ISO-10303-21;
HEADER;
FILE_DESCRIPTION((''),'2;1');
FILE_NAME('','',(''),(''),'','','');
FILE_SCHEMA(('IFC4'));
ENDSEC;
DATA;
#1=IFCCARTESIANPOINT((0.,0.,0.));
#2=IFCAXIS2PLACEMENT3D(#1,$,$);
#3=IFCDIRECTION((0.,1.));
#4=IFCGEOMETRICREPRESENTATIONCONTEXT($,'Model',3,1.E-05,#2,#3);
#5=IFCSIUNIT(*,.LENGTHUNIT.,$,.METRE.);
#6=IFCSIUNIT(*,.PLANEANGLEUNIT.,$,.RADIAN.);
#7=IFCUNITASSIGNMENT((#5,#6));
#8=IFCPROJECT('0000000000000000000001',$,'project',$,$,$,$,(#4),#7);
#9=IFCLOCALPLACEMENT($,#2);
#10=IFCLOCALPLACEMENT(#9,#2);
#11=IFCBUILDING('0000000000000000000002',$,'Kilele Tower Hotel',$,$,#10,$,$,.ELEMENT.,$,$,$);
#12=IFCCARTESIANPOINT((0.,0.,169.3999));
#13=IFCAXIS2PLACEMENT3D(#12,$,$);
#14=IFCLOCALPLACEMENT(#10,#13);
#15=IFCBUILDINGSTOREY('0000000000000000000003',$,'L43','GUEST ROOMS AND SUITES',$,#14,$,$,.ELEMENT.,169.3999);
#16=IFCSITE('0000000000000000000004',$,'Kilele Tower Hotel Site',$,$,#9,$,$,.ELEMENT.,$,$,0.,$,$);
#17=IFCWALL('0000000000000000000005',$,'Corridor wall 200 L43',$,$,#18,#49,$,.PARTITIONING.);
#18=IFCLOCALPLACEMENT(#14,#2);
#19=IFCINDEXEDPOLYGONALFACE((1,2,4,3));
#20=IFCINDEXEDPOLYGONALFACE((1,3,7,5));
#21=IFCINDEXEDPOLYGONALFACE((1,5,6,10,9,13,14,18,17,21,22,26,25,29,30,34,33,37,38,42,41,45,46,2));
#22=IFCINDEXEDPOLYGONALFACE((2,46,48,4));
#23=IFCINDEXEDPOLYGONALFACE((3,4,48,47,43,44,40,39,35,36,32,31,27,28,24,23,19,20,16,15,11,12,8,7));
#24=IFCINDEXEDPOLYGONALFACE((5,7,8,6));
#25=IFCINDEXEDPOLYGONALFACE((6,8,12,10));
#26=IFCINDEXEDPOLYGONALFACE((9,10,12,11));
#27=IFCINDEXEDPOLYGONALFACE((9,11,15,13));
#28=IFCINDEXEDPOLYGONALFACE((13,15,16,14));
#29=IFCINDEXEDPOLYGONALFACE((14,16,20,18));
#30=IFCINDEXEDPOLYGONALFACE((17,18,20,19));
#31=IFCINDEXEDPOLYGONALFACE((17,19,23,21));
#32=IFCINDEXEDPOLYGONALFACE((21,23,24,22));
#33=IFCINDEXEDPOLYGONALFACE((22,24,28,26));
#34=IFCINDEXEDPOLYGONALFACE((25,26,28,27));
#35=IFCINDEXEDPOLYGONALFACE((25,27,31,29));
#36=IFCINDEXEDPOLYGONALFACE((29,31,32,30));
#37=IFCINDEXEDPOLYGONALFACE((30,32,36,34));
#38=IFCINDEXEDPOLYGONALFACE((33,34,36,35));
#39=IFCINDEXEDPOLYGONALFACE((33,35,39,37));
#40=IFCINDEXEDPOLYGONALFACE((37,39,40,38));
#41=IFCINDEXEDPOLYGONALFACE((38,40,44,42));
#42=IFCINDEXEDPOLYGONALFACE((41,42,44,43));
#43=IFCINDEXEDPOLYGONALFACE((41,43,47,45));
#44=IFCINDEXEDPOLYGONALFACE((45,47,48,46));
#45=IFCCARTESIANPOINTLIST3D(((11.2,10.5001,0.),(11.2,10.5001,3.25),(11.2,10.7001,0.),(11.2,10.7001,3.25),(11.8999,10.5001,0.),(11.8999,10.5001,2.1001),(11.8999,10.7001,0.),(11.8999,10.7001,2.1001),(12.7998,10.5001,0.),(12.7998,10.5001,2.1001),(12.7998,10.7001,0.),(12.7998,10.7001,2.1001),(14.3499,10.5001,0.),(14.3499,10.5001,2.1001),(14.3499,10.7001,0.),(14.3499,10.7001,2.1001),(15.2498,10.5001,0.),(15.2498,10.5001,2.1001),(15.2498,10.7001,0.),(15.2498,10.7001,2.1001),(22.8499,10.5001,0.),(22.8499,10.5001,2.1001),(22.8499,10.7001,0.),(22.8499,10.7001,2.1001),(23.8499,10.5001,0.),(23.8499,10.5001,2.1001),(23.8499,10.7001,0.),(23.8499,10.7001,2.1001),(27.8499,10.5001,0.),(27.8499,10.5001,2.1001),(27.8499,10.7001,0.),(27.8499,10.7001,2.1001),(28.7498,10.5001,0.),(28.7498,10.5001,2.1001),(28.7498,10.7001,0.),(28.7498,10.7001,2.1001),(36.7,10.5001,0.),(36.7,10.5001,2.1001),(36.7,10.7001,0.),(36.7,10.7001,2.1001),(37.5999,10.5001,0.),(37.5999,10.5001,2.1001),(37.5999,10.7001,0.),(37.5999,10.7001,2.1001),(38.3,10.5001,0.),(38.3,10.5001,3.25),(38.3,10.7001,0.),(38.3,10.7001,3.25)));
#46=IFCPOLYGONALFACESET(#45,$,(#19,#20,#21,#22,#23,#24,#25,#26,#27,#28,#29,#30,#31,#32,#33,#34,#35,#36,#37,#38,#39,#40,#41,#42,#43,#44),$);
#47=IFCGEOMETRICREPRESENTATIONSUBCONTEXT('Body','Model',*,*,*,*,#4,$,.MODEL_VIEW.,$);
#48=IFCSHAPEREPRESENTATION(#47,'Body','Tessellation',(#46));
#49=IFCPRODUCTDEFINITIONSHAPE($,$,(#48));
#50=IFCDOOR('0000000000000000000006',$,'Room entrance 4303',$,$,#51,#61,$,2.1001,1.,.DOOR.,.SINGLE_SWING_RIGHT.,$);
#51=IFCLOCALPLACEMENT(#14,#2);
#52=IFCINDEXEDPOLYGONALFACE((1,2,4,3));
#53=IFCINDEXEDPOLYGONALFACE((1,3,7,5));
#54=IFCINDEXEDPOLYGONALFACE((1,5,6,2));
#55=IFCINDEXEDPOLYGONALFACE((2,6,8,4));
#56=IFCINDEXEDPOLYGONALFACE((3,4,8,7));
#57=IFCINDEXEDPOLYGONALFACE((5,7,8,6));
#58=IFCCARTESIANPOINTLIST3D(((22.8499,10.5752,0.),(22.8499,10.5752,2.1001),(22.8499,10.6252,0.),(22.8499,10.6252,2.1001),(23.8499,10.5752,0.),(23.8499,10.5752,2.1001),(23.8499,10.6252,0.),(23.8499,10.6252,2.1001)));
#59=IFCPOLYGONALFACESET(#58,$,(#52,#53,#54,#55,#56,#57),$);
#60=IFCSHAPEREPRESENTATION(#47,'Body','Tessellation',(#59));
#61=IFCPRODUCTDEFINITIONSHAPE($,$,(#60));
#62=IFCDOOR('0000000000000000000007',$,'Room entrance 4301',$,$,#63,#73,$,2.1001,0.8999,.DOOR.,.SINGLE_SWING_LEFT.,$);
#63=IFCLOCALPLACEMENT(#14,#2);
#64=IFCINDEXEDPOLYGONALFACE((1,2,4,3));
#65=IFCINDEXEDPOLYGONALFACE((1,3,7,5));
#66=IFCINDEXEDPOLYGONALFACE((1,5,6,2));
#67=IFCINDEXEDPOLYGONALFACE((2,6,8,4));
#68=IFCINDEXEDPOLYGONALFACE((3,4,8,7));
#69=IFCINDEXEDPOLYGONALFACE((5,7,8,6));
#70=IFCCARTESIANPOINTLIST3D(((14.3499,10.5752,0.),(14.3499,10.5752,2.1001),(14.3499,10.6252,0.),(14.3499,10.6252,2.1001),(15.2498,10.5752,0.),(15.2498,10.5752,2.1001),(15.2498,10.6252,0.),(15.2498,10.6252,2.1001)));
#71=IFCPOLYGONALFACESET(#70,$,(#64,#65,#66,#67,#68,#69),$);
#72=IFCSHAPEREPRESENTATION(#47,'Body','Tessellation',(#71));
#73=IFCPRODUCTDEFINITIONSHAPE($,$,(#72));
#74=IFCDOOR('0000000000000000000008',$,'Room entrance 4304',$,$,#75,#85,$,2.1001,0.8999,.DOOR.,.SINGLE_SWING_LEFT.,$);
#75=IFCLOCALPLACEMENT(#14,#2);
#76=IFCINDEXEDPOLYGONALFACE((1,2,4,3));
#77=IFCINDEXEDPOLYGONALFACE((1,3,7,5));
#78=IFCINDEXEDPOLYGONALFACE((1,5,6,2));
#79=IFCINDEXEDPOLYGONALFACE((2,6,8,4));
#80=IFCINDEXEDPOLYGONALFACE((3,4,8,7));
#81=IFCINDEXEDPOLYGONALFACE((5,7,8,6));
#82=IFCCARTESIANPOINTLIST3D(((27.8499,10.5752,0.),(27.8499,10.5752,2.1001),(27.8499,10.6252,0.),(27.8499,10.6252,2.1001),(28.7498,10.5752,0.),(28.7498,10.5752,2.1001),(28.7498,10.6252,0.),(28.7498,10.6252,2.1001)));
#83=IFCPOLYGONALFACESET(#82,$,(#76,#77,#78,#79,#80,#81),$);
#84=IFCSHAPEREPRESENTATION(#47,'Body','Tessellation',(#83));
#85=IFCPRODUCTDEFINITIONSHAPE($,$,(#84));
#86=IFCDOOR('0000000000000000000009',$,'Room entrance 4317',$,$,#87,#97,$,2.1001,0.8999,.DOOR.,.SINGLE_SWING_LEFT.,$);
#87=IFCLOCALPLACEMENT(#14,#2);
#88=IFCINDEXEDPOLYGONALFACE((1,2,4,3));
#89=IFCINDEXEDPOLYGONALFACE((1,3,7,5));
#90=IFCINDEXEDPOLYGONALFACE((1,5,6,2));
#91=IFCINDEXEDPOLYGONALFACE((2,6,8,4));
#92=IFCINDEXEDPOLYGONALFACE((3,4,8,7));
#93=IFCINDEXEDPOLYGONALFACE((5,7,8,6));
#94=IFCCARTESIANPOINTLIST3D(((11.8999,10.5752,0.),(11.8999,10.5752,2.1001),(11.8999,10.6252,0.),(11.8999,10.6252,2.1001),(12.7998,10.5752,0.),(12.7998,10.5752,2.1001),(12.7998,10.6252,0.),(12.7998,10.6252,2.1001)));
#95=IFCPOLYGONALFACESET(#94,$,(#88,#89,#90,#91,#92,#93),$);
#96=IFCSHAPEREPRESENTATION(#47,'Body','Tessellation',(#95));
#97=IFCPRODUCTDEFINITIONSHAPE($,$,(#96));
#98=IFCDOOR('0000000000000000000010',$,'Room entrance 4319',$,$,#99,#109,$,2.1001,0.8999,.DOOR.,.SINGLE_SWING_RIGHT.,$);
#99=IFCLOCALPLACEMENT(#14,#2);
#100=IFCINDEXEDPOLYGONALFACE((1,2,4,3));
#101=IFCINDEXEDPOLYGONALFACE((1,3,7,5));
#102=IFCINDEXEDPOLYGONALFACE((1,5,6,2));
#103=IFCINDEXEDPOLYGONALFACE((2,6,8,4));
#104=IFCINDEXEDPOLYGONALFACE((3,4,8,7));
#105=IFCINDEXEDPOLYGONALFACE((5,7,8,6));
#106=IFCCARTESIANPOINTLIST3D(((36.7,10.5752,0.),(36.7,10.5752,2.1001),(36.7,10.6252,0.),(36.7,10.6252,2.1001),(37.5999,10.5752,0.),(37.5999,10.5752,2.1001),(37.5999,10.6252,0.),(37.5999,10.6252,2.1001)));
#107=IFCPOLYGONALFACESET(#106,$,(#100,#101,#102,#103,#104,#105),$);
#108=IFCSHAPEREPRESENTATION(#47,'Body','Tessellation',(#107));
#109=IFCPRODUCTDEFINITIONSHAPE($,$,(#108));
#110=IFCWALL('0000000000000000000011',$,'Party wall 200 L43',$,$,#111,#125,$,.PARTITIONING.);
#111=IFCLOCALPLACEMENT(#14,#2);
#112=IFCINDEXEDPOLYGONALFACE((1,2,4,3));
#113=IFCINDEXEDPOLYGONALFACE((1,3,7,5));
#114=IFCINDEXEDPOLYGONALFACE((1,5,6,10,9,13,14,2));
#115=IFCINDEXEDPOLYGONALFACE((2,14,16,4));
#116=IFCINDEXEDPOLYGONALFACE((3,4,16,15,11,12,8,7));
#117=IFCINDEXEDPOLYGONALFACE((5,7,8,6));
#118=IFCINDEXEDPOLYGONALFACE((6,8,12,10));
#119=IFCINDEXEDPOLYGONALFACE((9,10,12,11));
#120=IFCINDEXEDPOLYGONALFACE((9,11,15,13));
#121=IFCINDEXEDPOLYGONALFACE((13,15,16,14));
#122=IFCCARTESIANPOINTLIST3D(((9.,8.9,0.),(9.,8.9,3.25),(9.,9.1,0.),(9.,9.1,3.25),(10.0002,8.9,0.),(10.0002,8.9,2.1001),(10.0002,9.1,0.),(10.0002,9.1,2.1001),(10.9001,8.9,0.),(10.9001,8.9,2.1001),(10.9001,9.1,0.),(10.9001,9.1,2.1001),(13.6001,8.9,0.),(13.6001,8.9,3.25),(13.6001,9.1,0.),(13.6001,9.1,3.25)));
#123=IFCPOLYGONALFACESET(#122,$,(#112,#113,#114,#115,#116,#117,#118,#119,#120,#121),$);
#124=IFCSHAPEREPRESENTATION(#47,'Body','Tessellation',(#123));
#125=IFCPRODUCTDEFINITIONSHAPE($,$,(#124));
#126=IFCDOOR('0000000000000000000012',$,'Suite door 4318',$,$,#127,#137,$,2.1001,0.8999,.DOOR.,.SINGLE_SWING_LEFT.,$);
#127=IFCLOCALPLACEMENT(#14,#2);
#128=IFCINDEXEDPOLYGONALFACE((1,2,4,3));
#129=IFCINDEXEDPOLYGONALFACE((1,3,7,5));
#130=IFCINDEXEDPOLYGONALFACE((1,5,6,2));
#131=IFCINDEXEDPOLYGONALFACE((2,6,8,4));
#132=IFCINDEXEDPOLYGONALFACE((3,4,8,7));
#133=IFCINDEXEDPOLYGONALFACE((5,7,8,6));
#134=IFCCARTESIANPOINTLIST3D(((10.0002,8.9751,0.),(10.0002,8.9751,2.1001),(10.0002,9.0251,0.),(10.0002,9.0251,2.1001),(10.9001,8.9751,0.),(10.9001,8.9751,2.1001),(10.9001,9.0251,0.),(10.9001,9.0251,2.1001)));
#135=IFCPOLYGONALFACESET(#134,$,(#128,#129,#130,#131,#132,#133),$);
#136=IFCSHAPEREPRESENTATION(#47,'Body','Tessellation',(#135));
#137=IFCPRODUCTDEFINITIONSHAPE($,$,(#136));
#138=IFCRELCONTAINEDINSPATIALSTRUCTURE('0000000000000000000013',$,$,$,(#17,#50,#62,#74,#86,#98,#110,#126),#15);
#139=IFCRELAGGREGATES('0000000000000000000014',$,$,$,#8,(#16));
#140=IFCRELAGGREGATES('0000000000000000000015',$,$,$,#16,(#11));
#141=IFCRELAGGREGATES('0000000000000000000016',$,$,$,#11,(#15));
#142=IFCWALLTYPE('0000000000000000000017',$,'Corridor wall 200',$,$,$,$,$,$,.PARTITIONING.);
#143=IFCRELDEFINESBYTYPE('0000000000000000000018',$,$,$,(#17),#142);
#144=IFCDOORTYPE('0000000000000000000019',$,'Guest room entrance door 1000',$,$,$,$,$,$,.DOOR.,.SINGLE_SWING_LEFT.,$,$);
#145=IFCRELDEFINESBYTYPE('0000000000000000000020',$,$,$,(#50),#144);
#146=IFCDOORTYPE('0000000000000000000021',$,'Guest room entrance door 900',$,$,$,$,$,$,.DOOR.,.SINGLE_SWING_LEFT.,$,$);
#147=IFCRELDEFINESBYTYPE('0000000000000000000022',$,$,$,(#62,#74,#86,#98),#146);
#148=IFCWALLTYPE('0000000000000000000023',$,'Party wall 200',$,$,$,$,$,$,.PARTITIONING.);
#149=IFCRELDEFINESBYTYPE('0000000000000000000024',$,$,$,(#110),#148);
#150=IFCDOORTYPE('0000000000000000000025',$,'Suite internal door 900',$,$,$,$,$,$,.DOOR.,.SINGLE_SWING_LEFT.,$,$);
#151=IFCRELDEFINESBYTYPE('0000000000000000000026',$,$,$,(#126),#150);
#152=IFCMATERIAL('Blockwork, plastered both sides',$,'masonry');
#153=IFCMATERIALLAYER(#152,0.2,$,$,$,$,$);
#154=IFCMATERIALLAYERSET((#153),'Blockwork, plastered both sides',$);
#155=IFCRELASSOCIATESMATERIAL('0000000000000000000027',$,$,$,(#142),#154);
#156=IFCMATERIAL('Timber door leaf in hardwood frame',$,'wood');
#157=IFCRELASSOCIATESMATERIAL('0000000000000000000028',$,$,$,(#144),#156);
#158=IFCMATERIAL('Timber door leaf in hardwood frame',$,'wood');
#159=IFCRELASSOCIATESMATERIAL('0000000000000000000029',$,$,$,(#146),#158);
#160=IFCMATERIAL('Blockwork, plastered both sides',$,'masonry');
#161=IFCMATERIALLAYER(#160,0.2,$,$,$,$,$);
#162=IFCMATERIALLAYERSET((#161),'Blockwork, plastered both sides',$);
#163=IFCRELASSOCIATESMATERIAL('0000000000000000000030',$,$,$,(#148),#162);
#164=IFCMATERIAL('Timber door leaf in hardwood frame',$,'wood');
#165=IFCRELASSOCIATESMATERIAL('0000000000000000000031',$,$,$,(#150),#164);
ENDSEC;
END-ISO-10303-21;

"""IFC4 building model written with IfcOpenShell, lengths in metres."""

from ifc_helpers import new_model, si_unit, direction, frame, frame_2d, origin, place, context, subcontext, project, spatial, rectangle, extrude, material, layer, layer_set, type_object, element, fill, save


model = new_model("IFC4")

# Units and contexts
model_context = context("Model", 3, precision=1e-05, world=origin(), true_north=direction((0.0, 1.0)))
body_context = subcontext(model_context, "Body", "Model", "MODEL_VIEW")
ifc_project = project(units=[si_unit("LENGTHUNIT", "METRE"), si_unit("PLANEANGLEUNIT", "RADIAN")], contexts=[model_context])

# Site, building, storey
site_placement = place(None, origin())
site = spatial("IfcSite", under=ifc_project, at=site_placement, Name="Kilele Tower Hotel Site", CompositionType="ELEMENT", RefElevation=0.0)
building_placement = place(site_placement, origin())
building = spatial("IfcBuilding", under=site, at=building_placement, Name="Kilele Tower Hotel", CompositionType="ELEMENT")
storey_placement = place(building_placement, frame((0.0, 0.0, 169.3999)))
storey = spatial("IfcBuildingStorey", under=building, at=storey_placement, Name="L43", Description="GUEST ROOMS AND SUITES", CompositionType="ELEMENT", Elevation=169.3999)

# Wall, openings, doors
ifc_material_1 = material(Name="Blockwork, plastered both sides", Category="masonry")
ifc_layer_1 = layer(ifc_material_1, 0.2)
ifc_layer_set_1 = layer_set([ifc_layer_1], Name="Blockwork, plastered both sides")
wall_type_1 = type_object("IfcWallType", Name="Corridor wall 200", PredefinedType="PARTITIONING", material=ifc_layer_set_1)
wall_1_placement = place(storey_placement, frame((11.2, 10.6001, 0.0), z_axis=(0.0, 0.0, 1.0), x_axis=(1.0, 0.0, 0.0)))
wall_1 = element("IfcWall", 1, at=wall_1_placement, inside=storey, type_object=wall_type_1, Name="Corridor wall 200 L43", PredefinedType="PARTITIONING", context=body_context, shape_type="SweptSolid", body=[
    extrude(rectangle(XDim=27.1001, YDim=0.2, at=frame_2d((13.55, 0.0))), origin(), (0.0, 0.0, 1.0), 3.25),
])
opening_1_placement = place(wall_1_placement, frame((4.0498, 0.0, 0.0), z_axis=(0.0, 0.0, 1.0), x_axis=(-1.0, 0.0, 0.0)))
opening_1 = element("IfcOpeningElement", 2, at=opening_1_placement, cuts=wall_1, PredefinedType="OPENING", context=body_context, shape_type="SweptSolid", body=[
    extrude(rectangle(XDim=0.8999, YDim=2.1001, at=frame_2d((0.45, 1.05))), frame((0.0, 0.1099, 0.0), z_axis=(0.0, -1.0, 0.0), x_axis=(1.0, 0.0, 0.0)), (0.0, 0.0, 1.0), 0.22),
])
opening_2_placement = place(wall_1_placement, frame((12.6499, 0.0, 0.0), z_axis=(0.0, 0.0, 1.0), x_axis=(-1.0, 0.0, 0.0)))
opening_2 = element("IfcOpeningElement", 3, at=opening_2_placement, cuts=wall_1, PredefinedType="OPENING", context=body_context, shape_type="SweptSolid", body=[
    extrude(rectangle(XDim=1.0, YDim=2.1001, at=frame_2d((0.5, 1.05))), frame((0.0, 0.1099, 0.0), z_axis=(0.0, -1.0, 0.0), x_axis=(1.0, 0.0, 0.0)), (0.0, 0.0, 1.0), 0.22),
])
opening_3_placement = place(wall_1_placement, frame((17.5498, 0.0, 0.0), z_axis=(0.0, 0.0, 1.0), x_axis=(-1.0, 0.0, 0.0)))
opening_3 = element("IfcOpeningElement", 4, at=opening_3_placement, cuts=wall_1, PredefinedType="OPENING", context=body_context, shape_type="SweptSolid", body=[
    extrude(rectangle(XDim=0.8999, YDim=2.1001, at=frame_2d((0.45, 1.05))), frame((0.0, 0.1099, 0.0), z_axis=(0.0, -1.0, 0.0), x_axis=(1.0, 0.0, 0.0)), (0.0, 0.0, 1.0), 0.22),
])
opening_4_placement = place(wall_1_placement, frame((1.5999, 0.0, 0.0), z_axis=(0.0, 0.0, 1.0), x_axis=(-1.0, 0.0, 0.0)))
opening_4 = element("IfcOpeningElement", 5, at=opening_4_placement, cuts=wall_1, PredefinedType="OPENING", context=body_context, shape_type="SweptSolid", body=[
    extrude(rectangle(XDim=0.8999, YDim=2.1001, at=frame_2d((0.45, 1.05))), frame((0.0, 0.1099, 0.0), z_axis=(0.0, -1.0, 0.0), x_axis=(1.0, 0.0, 0.0)), (0.0, 0.0, 1.0), 0.22),
])
opening_5_placement = place(wall_1_placement, frame((26.3999, 0.0, 0.0), z_axis=(0.0, 0.0, 1.0), x_axis=(-1.0, 0.0, 0.0)))
opening_5 = element("IfcOpeningElement", 6, at=opening_5_placement, cuts=wall_1, PredefinedType="OPENING", context=body_context, shape_type="SweptSolid", body=[
    extrude(rectangle(XDim=0.8999, YDim=2.1001, at=frame_2d((0.45, 1.05))), frame((0.0, 0.1099, 0.0), z_axis=(0.0, -1.0, 0.0), x_axis=(1.0, 0.0, 0.0)), (0.0, 0.0, 1.0), 0.22),
])
ifc_material_2 = material(Name="Timber door leaf in hardwood frame", Category="wood")
door_type_1 = type_object("IfcDoorType", Name="Guest room entrance door 1000", OperationType="SINGLE_SWING_LEFT", PredefinedType="DOOR", material=ifc_material_2)
door_1_placement = place(opening_2_placement, origin())
door_1 = element("IfcDoor", 7, at=door_1_placement, inside=storey, type_object=door_type_1, Name="Room entrance 4303", OperationType="SINGLE_SWING_RIGHT", OverallHeight=2.1001, OverallWidth=1.0, PredefinedType="DOOR", context=body_context, shape_type="SweptSolid", body=[
    extrude(rectangle(XDim=1.0, YDim=2.1001, at=frame_2d((0.5, 1.05))), frame((0.0, 0.0249, 0.0), z_axis=(0.0, -1.0, 0.0), x_axis=(1.0, 0.0, 0.0)), (0.0, 0.0, 1.0), 0.05),
])
fill(opening_2, door_1)
ifc_material_3 = material(Name="Timber door leaf in hardwood frame", Category="wood")
door_type_2 = type_object("IfcDoorType", Name="Guest room entrance door 900", OperationType="SINGLE_SWING_LEFT", PredefinedType="DOOR", material=ifc_material_3)
door_2_placement = place(opening_1_placement, origin())
door_2 = element("IfcDoor", 8, at=door_2_placement, inside=storey, type_object=door_type_2, Name="Room entrance 4301", OperationType="SINGLE_SWING_LEFT", OverallHeight=2.1001, OverallWidth=0.8999, PredefinedType="DOOR", context=body_context, shape_type="SweptSolid", body=[
    extrude(rectangle(XDim=0.8999, YDim=2.1001, at=frame_2d((0.45, 1.05))), frame((0.0, 0.0249, 0.0), z_axis=(0.0, -1.0, 0.0), x_axis=(1.0, 0.0, 0.0)), (0.0, 0.0, 1.0), 0.05),
])
fill(opening_1, door_2)
door_3_placement = place(opening_3_placement, origin())
door_3 = element("IfcDoor", 9, at=door_3_placement, inside=storey, type_object=door_type_2, Name="Room entrance 4304", OperationType="SINGLE_SWING_LEFT", OverallHeight=2.1001, OverallWidth=0.8999, PredefinedType="DOOR", context=body_context, shape_type="SweptSolid", body=[
    extrude(rectangle(XDim=0.8999, YDim=2.1001, at=frame_2d((0.45, 1.05))), frame((0.0, 0.0249, 0.0), z_axis=(0.0, -1.0, 0.0), x_axis=(1.0, 0.0, 0.0)), (0.0, 0.0, 1.0), 0.05),
])
fill(opening_3, door_3)
door_4_placement = place(opening_4_placement, origin())
door_4 = element("IfcDoor", 10, at=door_4_placement, inside=storey, type_object=door_type_2, Name="Room entrance 4317", OperationType="SINGLE_SWING_LEFT", OverallHeight=2.1001, OverallWidth=0.8999, PredefinedType="DOOR", context=body_context, shape_type="SweptSolid", body=[
    extrude(rectangle(XDim=0.8999, YDim=2.1001, at=frame_2d((0.45, 1.05))), frame((0.0, 0.0249, 0.0), z_axis=(0.0, -1.0, 0.0), x_axis=(1.0, 0.0, 0.0)), (0.0, 0.0, 1.0), 0.05),
])
fill(opening_4, door_4)
door_5_placement = place(opening_5_placement, origin())
door_5 = element("IfcDoor", 11, at=door_5_placement, inside=storey, type_object=door_type_2, Name="Room entrance 4319", OperationType="SINGLE_SWING_RIGHT", OverallHeight=2.1001, OverallWidth=0.8999, PredefinedType="DOOR", context=body_context, shape_type="SweptSolid", body=[
    extrude(rectangle(XDim=0.8999, YDim=2.1001, at=frame_2d((0.45, 1.05))), frame((0.0, 0.0249, 0.0), z_axis=(0.0, -1.0, 0.0), x_axis=(1.0, 0.0, 0.0)), (0.0, 0.0, 1.0), 0.05),
])
fill(opening_5, door_5)

# Wall, opening, door
ifc_material_4 = material(Name="Blockwork, plastered both sides", Category="masonry")
ifc_layer_2 = layer(ifc_material_4, 0.2)
ifc_layer_set_2 = layer_set([ifc_layer_2], Name="Blockwork, plastered both sides")
wall_type_2 = type_object("IfcWallType", Name="Party wall 200", PredefinedType="PARTITIONING", material=ifc_layer_set_2)
wall_2_placement = place(storey_placement, frame((13.6001, 9.0, 0.0), z_axis=(0.0, 0.0, 1.0), x_axis=(-1.0, 0.0, 0.0)))
wall_2 = element("IfcWall", 12, at=wall_2_placement, inside=storey, type_object=wall_type_2, Name="Party wall 200 L43", PredefinedType="PARTITIONING", context=body_context, shape_type="SweptSolid", body=[
    extrude(rectangle(XDim=4.6001, YDim=0.2, at=frame_2d((2.3, 0.0))), origin(), (0.0, 0.0, 1.0), 3.25),
])
opening_6_placement = place(wall_2_placement, frame((2.7, 0.0, 0.0)))
opening_6 = element("IfcOpeningElement", 13, at=opening_6_placement, cuts=wall_2, PredefinedType="OPENING", context=body_context, shape_type="SweptSolid", body=[
    extrude(rectangle(XDim=0.8999, YDim=2.1001, at=frame_2d((0.45, 1.05))), frame((0.0, 0.1099, 0.0), z_axis=(0.0, -1.0, 0.0), x_axis=(1.0, 0.0, 0.0)), (0.0, 0.0, 1.0), 0.22),
])
ifc_material_5 = material(Name="Timber door leaf in hardwood frame", Category="wood")
door_type_3 = type_object("IfcDoorType", Name="Suite internal door 900", OperationType="SINGLE_SWING_LEFT", PredefinedType="DOOR", material=ifc_material_5)
door_6_placement = place(opening_6_placement, origin())
door_6 = element("IfcDoor", 14, at=door_6_placement, inside=storey, type_object=door_type_3, Name="Suite door 4318", OperationType="SINGLE_SWING_LEFT", OverallHeight=2.1001, OverallWidth=0.8999, PredefinedType="DOOR", context=body_context, shape_type="SweptSolid", body=[
    extrude(rectangle(XDim=0.8999, YDim=2.1001, at=frame_2d((0.45, 1.05))), frame((0.0, 0.0249, 0.0), z_axis=(0.0, -1.0, 0.0), x_axis=(1.0, 0.0, 0.0)), (0.0, 0.0, 1.0), 0.05),
])
fill(opening_6, door_6)

save(model, "model.ifc")
